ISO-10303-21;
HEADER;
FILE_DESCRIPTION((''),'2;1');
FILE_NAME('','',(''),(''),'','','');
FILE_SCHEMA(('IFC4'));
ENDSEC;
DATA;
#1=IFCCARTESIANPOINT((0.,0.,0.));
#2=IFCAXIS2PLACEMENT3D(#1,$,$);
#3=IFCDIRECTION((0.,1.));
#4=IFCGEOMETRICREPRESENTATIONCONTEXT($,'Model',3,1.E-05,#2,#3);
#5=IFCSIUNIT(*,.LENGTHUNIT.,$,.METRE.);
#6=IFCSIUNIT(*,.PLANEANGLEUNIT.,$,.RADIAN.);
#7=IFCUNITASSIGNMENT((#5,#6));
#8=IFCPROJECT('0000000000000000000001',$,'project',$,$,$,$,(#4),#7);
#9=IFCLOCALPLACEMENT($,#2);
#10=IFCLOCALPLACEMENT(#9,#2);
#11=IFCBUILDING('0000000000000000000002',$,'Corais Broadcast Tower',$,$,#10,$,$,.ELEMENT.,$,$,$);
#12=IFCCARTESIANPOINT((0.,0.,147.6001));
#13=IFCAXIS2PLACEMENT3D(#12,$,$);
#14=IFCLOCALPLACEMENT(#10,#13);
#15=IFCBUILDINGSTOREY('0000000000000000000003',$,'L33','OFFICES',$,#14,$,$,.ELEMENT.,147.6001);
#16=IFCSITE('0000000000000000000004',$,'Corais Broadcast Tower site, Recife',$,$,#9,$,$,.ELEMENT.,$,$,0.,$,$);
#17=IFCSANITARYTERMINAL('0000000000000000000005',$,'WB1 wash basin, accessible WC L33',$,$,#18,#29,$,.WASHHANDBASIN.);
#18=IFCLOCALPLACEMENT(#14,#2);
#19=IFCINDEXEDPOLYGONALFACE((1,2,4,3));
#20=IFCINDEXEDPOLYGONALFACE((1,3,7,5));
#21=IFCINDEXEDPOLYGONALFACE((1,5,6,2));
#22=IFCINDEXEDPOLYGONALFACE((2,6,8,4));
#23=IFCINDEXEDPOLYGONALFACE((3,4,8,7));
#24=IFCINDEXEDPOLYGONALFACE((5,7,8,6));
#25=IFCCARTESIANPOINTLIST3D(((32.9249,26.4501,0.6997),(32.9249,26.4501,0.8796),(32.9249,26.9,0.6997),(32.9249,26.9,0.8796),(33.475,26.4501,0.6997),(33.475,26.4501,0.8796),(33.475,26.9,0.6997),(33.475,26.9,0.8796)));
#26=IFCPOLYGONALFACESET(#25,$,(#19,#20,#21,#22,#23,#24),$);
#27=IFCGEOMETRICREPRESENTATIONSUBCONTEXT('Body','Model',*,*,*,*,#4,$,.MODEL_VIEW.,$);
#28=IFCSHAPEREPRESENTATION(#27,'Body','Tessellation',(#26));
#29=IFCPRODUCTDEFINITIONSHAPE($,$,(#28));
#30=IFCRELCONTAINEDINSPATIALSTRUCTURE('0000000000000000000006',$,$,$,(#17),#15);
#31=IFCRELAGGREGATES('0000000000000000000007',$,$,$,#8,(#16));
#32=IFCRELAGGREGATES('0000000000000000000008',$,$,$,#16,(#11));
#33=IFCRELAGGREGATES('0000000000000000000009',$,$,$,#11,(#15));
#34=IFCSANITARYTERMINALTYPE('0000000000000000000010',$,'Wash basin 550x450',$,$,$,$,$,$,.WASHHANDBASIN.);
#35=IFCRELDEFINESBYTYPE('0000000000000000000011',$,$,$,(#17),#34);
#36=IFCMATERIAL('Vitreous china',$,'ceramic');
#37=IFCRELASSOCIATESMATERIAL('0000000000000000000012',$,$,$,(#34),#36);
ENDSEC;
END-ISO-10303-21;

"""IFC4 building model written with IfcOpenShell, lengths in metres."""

from ifc_helpers import new_model, si_unit, direction, frame, origin, origin_2d, place, context, subcontext, project, spatial, rectangle, extrude, material, type_object, element, save


model = new_model("IFC4")

# Units and contexts
model_context = context("Model", 3, precision=1e-05, world=origin(), true_north=direction((0.0, 1.0)))
body_context = subcontext(model_context, "Body", "Model", "MODEL_VIEW")
ifc_project = project(units=[si_unit("LENGTHUNIT", "METRE"), si_unit("PLANEANGLEUNIT", "RADIAN")], contexts=[model_context])

# Site, building, storey
site_placement = place(None, origin())
site = spatial("IfcSite", under=ifc_project, at=site_placement, Name="Corais Broadcast Tower site, Recife", CompositionType="ELEMENT", RefElevation=0.0)
building_placement = place(site_placement, origin())
building = spatial("IfcBuilding", under=site, at=building_placement, Name="Corais Broadcast Tower", CompositionType="ELEMENT")
storey_placement = place(building_placement, frame((0.0, 0.0, 147.6001)))
storey = spatial("IfcBuildingStorey", under=building, at=storey_placement, Name="L33", Description="OFFICES", CompositionType="ELEMENT", Elevation=147.6001)

# Sanitary terminal
ifc_material_1 = material(Name="Vitreous china", Category="ceramic")
sanitary_terminal_type_1 = type_object("IfcSanitaryTerminalType", Name="Wash basin 550x450", PredefinedType="WASHHANDBASIN", material=ifc_material_1)
sanitary_terminal_placement = place(storey_placement, frame((33.2, 26.675, 0.6997), z_axis=(0.0, 0.0, 1.0), x_axis=(1.0, 0.0, 0.0)))
element("IfcSanitaryTerminal", 1, at=sanitary_terminal_placement, inside=storey, type_object=sanitary_terminal_type_1, Name="WB1 wash basin, accessible WC L33", PredefinedType="WASHHANDBASIN", context=body_context, shape_type="SweptSolid", body=[
    extrude(rectangle(XDim=0.55, YDim=0.45, at=origin_2d()), origin(), (0.0, 0.0, 1.0), 0.1799),
])

save(model, "model.ifc")
